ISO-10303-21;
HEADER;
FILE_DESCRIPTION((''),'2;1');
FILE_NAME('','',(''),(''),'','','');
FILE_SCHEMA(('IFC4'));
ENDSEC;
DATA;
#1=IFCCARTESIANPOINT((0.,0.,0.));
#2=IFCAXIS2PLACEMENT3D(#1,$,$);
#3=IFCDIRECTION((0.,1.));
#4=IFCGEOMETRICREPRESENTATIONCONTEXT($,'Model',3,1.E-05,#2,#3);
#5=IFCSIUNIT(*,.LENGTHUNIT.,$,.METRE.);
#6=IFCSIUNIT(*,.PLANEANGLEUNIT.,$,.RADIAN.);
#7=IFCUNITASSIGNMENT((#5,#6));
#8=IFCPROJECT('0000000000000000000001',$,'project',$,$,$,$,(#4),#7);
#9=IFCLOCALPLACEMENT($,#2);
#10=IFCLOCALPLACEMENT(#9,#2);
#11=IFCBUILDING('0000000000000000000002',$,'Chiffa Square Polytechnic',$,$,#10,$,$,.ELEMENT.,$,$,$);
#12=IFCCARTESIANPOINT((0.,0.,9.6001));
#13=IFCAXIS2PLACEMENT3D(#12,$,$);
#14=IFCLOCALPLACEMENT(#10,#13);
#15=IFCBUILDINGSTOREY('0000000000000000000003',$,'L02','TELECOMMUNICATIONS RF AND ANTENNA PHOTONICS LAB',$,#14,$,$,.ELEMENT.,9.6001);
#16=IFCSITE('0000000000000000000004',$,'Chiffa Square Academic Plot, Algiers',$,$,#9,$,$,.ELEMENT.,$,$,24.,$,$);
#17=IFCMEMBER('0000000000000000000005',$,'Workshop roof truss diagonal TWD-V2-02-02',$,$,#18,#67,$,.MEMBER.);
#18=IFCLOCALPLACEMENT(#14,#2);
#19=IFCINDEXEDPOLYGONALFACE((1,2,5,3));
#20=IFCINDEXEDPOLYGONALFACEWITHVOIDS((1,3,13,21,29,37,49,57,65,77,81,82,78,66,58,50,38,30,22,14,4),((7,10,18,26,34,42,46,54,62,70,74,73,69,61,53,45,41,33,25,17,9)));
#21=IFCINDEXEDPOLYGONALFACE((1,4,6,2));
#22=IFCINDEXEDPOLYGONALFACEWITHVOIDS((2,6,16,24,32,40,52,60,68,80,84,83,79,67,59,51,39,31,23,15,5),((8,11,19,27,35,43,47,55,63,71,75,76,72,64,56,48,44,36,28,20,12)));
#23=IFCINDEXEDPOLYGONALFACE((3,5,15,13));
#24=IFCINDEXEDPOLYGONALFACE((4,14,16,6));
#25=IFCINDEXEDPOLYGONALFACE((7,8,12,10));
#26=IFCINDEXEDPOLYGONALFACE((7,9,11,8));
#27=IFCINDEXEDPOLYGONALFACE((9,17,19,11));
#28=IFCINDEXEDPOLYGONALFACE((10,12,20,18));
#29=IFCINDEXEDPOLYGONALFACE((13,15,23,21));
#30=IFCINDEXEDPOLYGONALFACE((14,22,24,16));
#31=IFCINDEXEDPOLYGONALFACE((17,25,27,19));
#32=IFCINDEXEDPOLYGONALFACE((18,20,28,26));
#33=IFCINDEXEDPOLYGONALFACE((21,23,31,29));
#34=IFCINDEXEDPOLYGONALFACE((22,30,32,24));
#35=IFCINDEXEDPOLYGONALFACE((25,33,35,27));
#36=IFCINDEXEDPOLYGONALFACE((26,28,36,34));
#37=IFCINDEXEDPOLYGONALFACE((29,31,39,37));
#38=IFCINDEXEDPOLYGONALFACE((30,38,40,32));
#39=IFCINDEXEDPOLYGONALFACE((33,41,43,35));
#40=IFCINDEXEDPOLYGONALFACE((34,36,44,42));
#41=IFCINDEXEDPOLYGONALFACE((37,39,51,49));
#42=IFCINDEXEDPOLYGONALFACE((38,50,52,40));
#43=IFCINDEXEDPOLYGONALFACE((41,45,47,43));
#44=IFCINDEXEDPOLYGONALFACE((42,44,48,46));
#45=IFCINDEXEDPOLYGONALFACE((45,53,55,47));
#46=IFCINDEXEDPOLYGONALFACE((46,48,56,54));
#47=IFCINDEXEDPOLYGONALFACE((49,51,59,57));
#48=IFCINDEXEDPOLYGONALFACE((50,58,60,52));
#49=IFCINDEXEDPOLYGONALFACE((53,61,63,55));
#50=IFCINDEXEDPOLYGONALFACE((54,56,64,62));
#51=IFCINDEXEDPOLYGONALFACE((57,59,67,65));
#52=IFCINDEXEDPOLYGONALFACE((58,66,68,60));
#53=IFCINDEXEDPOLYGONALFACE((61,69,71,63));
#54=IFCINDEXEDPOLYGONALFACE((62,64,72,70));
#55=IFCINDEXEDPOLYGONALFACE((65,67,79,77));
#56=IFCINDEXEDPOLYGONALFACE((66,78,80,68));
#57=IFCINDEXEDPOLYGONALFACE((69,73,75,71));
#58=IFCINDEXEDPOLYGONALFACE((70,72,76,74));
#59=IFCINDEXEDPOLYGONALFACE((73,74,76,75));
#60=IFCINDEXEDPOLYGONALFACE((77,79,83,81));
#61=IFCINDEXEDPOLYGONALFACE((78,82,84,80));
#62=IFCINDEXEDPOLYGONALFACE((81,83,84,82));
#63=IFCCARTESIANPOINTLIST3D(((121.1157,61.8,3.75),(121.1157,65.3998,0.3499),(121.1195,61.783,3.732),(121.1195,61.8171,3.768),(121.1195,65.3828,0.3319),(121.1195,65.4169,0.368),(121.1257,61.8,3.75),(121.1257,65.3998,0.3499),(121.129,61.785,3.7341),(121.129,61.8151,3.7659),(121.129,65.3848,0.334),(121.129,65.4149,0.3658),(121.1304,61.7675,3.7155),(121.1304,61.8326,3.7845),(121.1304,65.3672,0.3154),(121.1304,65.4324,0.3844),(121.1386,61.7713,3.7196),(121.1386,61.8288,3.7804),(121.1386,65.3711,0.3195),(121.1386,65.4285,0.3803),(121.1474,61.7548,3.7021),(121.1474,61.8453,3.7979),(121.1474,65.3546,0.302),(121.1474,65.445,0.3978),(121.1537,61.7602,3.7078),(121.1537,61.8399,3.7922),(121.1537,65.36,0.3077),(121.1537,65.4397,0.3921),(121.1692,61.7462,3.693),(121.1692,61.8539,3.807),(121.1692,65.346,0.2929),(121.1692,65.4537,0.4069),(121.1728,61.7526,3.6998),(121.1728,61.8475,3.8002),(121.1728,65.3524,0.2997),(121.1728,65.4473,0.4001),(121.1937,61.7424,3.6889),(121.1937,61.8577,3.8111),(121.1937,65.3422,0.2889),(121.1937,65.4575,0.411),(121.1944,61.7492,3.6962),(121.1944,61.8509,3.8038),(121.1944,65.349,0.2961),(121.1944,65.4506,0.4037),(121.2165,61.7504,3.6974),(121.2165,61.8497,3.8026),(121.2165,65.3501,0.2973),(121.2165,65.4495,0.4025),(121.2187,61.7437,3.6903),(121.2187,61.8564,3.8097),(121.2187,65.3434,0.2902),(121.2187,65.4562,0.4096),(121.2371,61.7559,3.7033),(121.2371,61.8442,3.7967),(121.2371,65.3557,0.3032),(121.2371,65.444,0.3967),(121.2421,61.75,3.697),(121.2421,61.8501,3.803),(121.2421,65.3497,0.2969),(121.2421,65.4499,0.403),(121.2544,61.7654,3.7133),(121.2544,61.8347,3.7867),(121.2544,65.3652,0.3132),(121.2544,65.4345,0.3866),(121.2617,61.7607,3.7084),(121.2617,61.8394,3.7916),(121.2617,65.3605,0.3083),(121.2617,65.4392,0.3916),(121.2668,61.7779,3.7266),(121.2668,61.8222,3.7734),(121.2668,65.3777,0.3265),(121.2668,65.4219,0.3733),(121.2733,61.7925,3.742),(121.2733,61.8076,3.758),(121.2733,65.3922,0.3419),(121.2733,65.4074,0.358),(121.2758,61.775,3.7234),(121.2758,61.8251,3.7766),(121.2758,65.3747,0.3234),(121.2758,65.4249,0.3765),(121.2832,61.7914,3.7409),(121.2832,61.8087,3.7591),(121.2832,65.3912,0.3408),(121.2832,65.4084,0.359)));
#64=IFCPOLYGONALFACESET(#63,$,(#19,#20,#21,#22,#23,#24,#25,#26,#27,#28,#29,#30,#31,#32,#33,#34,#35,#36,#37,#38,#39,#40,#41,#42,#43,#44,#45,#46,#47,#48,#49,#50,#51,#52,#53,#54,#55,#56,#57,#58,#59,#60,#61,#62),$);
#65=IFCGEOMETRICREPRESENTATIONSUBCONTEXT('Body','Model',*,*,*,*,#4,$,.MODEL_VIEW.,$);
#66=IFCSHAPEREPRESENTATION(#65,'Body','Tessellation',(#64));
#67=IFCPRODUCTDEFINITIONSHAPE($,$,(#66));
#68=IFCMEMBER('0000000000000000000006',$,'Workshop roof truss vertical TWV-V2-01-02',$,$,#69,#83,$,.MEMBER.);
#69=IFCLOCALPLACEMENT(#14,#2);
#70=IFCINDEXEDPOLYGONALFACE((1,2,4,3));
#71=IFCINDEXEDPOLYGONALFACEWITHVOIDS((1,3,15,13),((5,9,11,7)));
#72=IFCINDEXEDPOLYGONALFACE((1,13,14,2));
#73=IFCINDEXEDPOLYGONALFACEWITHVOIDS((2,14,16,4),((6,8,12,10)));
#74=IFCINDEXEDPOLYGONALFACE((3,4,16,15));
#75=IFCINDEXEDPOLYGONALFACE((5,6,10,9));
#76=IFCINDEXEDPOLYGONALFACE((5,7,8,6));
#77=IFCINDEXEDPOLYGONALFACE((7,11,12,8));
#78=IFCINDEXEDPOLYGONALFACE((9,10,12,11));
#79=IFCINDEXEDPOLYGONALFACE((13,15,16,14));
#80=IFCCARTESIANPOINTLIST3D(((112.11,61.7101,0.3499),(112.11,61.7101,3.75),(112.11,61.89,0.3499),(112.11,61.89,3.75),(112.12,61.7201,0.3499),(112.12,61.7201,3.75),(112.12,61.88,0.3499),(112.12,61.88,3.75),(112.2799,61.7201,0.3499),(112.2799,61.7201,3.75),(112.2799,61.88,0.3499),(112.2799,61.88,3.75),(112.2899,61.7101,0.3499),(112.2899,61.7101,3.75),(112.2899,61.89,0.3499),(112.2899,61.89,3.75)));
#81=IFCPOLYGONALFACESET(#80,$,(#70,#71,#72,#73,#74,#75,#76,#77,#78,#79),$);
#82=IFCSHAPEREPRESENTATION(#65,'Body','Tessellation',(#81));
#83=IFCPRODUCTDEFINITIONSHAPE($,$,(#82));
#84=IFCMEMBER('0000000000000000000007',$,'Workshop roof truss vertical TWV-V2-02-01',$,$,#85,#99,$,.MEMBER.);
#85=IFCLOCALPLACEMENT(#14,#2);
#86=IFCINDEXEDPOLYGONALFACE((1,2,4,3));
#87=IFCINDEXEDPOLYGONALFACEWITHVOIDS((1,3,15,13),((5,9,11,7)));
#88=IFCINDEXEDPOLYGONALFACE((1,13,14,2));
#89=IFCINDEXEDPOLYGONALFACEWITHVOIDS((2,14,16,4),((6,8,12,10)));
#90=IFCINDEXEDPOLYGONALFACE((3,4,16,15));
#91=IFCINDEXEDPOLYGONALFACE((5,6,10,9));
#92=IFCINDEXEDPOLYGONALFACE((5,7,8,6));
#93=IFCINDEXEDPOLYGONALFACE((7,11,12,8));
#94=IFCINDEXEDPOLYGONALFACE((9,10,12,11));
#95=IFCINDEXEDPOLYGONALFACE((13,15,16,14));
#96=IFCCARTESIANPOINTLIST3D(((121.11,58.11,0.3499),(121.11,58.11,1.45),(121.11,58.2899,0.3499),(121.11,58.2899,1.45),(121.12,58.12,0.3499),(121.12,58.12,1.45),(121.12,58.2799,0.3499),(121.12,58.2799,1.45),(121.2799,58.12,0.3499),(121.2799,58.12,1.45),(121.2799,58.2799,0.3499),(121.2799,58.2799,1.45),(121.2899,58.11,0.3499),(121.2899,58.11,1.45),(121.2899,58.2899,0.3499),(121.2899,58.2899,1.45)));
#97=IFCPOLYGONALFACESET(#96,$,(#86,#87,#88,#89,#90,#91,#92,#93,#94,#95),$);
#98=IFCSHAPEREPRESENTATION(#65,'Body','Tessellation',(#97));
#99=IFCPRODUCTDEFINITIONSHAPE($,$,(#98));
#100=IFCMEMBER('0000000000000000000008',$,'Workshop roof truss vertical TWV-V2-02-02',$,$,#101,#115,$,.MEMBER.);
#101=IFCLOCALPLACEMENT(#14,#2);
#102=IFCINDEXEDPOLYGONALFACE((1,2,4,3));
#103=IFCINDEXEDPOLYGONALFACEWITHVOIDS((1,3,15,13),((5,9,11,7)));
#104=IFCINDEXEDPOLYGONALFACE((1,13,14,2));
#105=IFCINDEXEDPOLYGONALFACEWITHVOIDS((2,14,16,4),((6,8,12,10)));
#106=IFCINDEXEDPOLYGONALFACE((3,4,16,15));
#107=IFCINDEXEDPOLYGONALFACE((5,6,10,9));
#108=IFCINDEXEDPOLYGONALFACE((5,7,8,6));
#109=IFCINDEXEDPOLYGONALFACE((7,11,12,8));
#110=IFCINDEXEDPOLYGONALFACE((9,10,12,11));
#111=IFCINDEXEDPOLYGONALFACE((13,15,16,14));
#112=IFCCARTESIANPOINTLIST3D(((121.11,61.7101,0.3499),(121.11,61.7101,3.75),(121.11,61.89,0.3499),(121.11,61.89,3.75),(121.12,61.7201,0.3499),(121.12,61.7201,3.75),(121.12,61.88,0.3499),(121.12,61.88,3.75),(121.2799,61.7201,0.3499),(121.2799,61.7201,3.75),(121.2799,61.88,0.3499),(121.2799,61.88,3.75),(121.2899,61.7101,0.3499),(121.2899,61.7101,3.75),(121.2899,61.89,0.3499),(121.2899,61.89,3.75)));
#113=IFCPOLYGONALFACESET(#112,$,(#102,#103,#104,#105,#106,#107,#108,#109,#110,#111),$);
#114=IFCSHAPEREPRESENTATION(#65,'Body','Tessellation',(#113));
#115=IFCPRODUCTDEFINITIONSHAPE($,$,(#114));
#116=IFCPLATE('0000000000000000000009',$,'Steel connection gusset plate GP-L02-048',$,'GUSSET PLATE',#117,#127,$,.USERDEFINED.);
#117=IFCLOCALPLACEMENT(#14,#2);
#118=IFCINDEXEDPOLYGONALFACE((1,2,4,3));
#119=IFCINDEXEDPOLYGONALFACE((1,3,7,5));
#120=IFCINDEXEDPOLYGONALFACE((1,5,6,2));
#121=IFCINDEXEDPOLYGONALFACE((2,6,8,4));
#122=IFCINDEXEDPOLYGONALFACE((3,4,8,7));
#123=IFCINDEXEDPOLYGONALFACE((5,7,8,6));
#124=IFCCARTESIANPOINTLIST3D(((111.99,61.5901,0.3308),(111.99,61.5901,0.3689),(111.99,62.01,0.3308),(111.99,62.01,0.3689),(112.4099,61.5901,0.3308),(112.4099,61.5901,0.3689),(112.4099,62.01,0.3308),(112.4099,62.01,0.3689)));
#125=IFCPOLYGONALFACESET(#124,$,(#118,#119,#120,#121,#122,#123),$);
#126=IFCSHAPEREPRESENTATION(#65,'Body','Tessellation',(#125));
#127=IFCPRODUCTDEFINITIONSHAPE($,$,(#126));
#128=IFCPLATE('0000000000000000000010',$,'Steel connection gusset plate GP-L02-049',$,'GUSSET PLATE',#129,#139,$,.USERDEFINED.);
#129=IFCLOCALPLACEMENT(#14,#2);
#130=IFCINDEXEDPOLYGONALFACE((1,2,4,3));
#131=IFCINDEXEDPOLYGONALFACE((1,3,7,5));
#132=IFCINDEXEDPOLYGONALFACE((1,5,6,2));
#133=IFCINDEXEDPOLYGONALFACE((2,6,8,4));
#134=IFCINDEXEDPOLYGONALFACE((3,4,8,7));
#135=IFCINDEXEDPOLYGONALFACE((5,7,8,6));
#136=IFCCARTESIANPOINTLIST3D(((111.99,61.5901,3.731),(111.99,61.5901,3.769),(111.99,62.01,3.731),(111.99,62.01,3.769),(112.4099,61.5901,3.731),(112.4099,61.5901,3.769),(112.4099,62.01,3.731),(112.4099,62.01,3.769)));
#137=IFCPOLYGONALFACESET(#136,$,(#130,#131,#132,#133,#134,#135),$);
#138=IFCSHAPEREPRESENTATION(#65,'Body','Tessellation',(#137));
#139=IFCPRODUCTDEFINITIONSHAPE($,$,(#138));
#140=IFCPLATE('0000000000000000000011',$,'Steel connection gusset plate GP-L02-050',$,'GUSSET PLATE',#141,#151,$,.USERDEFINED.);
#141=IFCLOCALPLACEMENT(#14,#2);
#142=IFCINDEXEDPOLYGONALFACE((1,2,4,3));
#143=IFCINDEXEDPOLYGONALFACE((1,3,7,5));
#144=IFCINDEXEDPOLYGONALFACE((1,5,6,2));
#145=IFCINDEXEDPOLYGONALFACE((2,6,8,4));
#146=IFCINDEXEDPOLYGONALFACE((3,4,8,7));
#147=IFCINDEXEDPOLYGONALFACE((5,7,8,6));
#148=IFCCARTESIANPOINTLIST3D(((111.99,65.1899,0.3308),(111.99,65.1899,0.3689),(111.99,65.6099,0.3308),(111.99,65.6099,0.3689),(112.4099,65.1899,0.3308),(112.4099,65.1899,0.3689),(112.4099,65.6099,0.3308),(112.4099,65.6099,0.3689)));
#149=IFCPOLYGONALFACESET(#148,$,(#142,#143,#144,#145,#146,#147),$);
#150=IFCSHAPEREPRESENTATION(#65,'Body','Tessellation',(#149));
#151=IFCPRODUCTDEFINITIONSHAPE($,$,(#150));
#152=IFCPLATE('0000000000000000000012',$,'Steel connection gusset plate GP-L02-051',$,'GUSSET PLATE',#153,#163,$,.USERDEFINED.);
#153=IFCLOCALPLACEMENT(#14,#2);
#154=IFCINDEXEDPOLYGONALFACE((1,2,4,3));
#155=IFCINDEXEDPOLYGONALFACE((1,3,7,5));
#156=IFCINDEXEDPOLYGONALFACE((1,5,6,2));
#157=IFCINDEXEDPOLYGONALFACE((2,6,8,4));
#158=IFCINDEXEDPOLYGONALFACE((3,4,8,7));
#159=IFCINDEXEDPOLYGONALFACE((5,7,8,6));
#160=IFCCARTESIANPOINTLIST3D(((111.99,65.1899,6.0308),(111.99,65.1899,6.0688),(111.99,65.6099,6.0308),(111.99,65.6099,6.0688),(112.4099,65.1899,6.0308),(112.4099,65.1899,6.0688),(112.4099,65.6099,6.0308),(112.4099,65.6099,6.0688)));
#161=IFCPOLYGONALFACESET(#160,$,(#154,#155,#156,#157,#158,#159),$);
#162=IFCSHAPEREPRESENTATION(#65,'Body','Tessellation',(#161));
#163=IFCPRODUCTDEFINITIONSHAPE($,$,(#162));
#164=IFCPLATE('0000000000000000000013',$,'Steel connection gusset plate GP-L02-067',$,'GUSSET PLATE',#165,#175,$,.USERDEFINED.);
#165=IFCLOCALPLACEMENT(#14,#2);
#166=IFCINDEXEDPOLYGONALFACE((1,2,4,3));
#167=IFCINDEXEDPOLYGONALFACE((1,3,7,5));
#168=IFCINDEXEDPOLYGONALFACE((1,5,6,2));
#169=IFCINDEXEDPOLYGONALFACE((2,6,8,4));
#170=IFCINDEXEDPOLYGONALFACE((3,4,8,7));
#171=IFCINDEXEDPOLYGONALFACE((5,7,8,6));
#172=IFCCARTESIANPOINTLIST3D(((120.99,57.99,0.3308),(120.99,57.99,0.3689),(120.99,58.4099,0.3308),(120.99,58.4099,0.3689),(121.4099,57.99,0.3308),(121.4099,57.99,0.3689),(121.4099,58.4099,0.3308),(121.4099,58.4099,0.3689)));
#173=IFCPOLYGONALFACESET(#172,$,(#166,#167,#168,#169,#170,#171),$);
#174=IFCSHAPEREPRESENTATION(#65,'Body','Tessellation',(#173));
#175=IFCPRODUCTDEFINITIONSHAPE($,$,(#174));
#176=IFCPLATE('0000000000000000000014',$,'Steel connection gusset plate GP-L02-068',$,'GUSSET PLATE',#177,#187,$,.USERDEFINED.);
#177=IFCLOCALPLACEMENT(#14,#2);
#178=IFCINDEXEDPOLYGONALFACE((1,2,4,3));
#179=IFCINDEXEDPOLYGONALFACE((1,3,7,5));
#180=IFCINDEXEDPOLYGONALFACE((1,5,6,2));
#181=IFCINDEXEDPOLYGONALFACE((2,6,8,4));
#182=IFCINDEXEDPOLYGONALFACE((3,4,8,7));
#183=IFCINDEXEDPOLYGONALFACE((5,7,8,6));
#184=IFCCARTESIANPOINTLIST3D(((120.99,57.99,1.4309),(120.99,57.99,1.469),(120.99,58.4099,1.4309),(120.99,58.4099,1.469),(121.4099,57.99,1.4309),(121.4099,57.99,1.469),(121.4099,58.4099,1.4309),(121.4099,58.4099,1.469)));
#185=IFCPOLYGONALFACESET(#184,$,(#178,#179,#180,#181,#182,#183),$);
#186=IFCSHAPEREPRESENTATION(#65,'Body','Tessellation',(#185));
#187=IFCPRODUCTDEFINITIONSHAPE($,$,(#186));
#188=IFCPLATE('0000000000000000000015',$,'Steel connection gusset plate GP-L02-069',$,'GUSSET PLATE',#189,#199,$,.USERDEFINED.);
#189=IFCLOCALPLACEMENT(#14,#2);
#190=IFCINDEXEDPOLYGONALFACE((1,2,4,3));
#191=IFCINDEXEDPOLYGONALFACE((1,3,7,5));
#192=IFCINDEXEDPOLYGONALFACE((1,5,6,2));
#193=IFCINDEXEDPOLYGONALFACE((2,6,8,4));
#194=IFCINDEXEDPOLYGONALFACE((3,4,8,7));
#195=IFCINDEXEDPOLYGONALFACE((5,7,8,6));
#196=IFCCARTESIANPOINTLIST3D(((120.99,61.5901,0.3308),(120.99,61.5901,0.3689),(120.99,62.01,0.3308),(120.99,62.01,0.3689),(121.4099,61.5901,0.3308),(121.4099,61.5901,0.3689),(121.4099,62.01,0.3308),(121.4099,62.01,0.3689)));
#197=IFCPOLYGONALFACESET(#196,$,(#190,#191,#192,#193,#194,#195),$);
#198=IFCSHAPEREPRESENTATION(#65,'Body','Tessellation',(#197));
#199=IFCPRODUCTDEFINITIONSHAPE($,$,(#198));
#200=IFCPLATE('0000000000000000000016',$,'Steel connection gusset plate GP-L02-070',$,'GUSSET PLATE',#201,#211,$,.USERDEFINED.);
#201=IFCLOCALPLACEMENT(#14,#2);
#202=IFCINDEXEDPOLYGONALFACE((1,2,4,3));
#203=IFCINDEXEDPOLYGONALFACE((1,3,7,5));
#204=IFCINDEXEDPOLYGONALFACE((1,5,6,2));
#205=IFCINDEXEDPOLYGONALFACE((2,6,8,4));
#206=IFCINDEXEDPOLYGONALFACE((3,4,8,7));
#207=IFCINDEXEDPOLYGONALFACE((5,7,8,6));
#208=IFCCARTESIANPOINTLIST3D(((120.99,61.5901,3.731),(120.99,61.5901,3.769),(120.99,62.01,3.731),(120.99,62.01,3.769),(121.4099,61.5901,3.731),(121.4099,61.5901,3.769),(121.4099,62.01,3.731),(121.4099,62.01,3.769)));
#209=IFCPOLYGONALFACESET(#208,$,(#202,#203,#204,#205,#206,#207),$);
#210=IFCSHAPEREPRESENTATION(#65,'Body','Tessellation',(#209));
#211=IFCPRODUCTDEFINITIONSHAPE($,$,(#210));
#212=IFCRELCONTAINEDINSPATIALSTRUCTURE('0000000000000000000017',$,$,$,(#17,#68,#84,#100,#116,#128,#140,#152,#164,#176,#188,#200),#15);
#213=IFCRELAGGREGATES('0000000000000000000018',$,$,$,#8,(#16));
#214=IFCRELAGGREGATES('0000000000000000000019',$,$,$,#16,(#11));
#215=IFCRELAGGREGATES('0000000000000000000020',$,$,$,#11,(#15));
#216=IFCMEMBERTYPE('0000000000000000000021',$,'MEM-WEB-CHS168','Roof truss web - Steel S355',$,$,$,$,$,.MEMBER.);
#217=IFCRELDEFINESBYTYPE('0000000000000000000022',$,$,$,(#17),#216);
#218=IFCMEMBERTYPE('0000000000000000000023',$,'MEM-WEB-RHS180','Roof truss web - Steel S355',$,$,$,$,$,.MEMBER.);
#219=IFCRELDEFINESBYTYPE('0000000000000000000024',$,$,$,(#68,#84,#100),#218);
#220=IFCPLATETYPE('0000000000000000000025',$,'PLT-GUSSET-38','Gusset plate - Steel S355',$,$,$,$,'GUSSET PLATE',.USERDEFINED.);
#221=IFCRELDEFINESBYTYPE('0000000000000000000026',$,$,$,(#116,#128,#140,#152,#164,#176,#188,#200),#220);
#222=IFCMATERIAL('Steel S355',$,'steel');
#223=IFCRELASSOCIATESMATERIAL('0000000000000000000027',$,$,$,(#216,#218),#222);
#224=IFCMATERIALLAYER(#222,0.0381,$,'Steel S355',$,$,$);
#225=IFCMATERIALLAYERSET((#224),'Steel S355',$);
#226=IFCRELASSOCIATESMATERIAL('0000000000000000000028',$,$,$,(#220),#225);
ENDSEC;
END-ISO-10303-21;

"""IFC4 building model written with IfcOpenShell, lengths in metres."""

from ifc_helpers import new_model, si_unit, direction, frame, origin, origin_2d, place, context, subcontext, project, spatial, rectangle, hollow_rectangle, hollow_circle, extrude, material, layer, layer_set, material_profile, profile_set, type_object, element, save


model = new_model("IFC4")

# Units and contexts
model_context = context("Model", 3, precision=1e-05, world=origin(), true_north=direction((0.0, 1.0)))
body_context = subcontext(model_context, "Body", "Model", "MODEL_VIEW")
ifc_project = project(units=[si_unit("LENGTHUNIT", "METRE"), si_unit("PLANEANGLEUNIT", "RADIAN")], contexts=[model_context])

# Site, building, storey
site_placement = place(None, origin())
site = spatial("IfcSite", under=ifc_project, at=site_placement, Name="Chiffa Square Academic Plot, Algiers", CompositionType="ELEMENT", RefElevation=24.0)
building_placement = place(site_placement, origin())
building = spatial("IfcBuilding", under=site, at=building_placement, Name="Chiffa Square Polytechnic", CompositionType="ELEMENT")
storey_placement = place(building_placement, frame((0.0, 0.0, 9.6001)))
storey = spatial("IfcBuildingStorey", under=building, at=storey_placement, Name="L02", Description="TELECOMMUNICATIONS RF AND ANTENNA PHOTONICS LAB", CompositionType="ELEMENT", Elevation=9.6001)

# Shared definitions
ifc_material_1 = material(Name="Steel S355", Category="steel")

# Members
ifc_material_profile_1 = material_profile(ifc_material_1, hollow_circle(Radius=0.0842, WallThickness=0.01, at=origin_2d()), Name="CHS 168.3x10")
ifc_profile_set_1 = profile_set([ifc_material_profile_1], Name="Steel S355")
member_type_1 = type_object("IfcMemberType", Name="MEM-WEB-CHS168", Description="Roof truss web - Steel S355", PredefinedType="MEMBER", material=ifc_profile_set_1)
member_1_placement = place(storey_placement, frame((121.2, 61.8, 3.75), z_axis=(0.0, 0.726984, -0.686654), x_axis=(-1.0, 0.0, 0.0)))
element("IfcMember", 1, at=member_1_placement, inside=storey, type_object=member_type_1, Name="Workshop roof truss diagonal TWD-V2-02-02", PredefinedType="MEMBER", context=body_context, shape_type="SweptSolid", body=[
    extrude(hollow_circle(Radius=0.0842, WallThickness=0.01, at=origin_2d()), origin(), (0.0, 0.0, 1.0), 4.9517),
])
ifc_material_profile_2 = material_profile(ifc_material_1, hollow_rectangle(XDim=0.1799, YDim=0.1799, WallThickness=0.01, at=origin_2d()), Name="RHS 180x180x10")
ifc_profile_set_2 = profile_set([ifc_material_profile_2], Name="Steel S355")
member_type_2 = type_object("IfcMemberType", Name="MEM-WEB-RHS180", Description="Roof truss web - Steel S355", PredefinedType="MEMBER", material=ifc_profile_set_2)
member_2_placement = place(storey_placement, frame((112.2, 61.8, 0.3499), z_axis=(0.0, 0.0, 1.0), x_axis=(1.0, 0.0, 0.0)))
element("IfcMember", 2, at=member_2_placement, inside=storey, type_object=member_type_2, Name="Workshop roof truss vertical TWV-V2-01-02", PredefinedType="MEMBER", context=body_context, shape_type="SweptSolid", body=[
    extrude(hollow_rectangle(XDim=0.1799, YDim=0.1799, WallThickness=0.01, at=origin_2d()), origin(), (0.0, 0.0, 1.0), 3.4001),
])
member_3_placement = place(storey_placement, frame((121.2, 58.2, 0.3499), z_axis=(0.0, 0.0, 1.0), x_axis=(1.0, 0.0, 0.0)))
element("IfcMember", 3, at=member_3_placement, inside=storey, type_object=member_type_2, Name="Workshop roof truss vertical TWV-V2-02-01", PredefinedType="MEMBER", context=body_context, shape_type="SweptSolid", body=[
    extrude(hollow_rectangle(XDim=0.1799, YDim=0.1799, WallThickness=0.01, at=origin_2d()), origin(), (0.0, 0.0, 1.0), 1.1001),
])
member_4_placement = place(storey_placement, frame((121.2, 61.8, 0.3499), z_axis=(0.0, 0.0, 1.0), x_axis=(1.0, 0.0, 0.0)))
element("IfcMember", 4, at=member_4_placement, inside=storey, type_object=member_type_2, Name="Workshop roof truss vertical TWV-V2-02-02", PredefinedType="MEMBER", context=body_context, shape_type="SweptSolid", body=[
    extrude(hollow_rectangle(XDim=0.1799, YDim=0.1799, WallThickness=0.01, at=origin_2d()), origin(), (0.0, 0.0, 1.0), 3.4001),
])

# Plates
ifc_layer_1 = layer(ifc_material_1, 0.0381, Name="Steel S355")
ifc_layer_set_1 = layer_set([ifc_layer_1], Name="Steel S355")
plate_type = type_object("IfcPlateType", Name="PLT-GUSSET-38", Description="Gusset plate - Steel S355", ElementType="GUSSET PLATE", PredefinedType="USERDEFINED", material=ifc_layer_set_1)
for number, where, z_axis, x_axis, name in (
    (5, (112.2, 61.8, 0.3308), (0.0, 0.0, 1.0), (1.0, 0.0, 0.0), "Steel connection gusset plate GP-L02-048"),
    (6, (112.2, 61.8, 3.731), (0.0, 0.0, 1.0), (1.0, 0.0, 0.0), "Steel connection gusset plate GP-L02-049"),
    (7, (112.2, 65.3999, 0.3308), (0.0, 0.0, 1.0), (1.0, 0.0, 0.0), "Steel connection gusset plate GP-L02-050"),
    (8, (112.2, 65.3999, 6.0308), (0.0, 0.0, 1.0), (1.0, 0.0, 0.0), "Steel connection gusset plate GP-L02-051"),
    (9, (121.2, 58.2, 0.3308), (0.0, 0.0, 1.0), (1.0, 0.0, 0.0), "Steel connection gusset plate GP-L02-067"),
    (10, (121.2, 58.2, 1.4309), (0.0, 0.0, 1.0), (1.0, 0.0, 0.0), "Steel connection gusset plate GP-L02-068"),
    (11, (121.2, 61.8, 0.3308), (0.0, 0.0, 1.0), (1.0, 0.0, 0.0), "Steel connection gusset plate GP-L02-069"),
    (12, (121.2, 61.8, 3.731), (0.0, 0.0, 1.0), (1.0, 0.0, 0.0), "Steel connection gusset plate GP-L02-070"),
):
    element("IfcPlate", number, at=place(storey_placement, frame(where, z_axis=z_axis, x_axis=x_axis)), inside=storey, type_object=plate_type, Name=name, ObjectType="GUSSET PLATE", PredefinedType="USERDEFINED", context=body_context, shape_type="SweptSolid", body=[
        extrude(rectangle(XDim=0.4199, YDim=0.4199, at=origin_2d()), origin(), (0.0, 0.0, 1.0), 0.0381),
    ])

save(model, "model.ifc")
